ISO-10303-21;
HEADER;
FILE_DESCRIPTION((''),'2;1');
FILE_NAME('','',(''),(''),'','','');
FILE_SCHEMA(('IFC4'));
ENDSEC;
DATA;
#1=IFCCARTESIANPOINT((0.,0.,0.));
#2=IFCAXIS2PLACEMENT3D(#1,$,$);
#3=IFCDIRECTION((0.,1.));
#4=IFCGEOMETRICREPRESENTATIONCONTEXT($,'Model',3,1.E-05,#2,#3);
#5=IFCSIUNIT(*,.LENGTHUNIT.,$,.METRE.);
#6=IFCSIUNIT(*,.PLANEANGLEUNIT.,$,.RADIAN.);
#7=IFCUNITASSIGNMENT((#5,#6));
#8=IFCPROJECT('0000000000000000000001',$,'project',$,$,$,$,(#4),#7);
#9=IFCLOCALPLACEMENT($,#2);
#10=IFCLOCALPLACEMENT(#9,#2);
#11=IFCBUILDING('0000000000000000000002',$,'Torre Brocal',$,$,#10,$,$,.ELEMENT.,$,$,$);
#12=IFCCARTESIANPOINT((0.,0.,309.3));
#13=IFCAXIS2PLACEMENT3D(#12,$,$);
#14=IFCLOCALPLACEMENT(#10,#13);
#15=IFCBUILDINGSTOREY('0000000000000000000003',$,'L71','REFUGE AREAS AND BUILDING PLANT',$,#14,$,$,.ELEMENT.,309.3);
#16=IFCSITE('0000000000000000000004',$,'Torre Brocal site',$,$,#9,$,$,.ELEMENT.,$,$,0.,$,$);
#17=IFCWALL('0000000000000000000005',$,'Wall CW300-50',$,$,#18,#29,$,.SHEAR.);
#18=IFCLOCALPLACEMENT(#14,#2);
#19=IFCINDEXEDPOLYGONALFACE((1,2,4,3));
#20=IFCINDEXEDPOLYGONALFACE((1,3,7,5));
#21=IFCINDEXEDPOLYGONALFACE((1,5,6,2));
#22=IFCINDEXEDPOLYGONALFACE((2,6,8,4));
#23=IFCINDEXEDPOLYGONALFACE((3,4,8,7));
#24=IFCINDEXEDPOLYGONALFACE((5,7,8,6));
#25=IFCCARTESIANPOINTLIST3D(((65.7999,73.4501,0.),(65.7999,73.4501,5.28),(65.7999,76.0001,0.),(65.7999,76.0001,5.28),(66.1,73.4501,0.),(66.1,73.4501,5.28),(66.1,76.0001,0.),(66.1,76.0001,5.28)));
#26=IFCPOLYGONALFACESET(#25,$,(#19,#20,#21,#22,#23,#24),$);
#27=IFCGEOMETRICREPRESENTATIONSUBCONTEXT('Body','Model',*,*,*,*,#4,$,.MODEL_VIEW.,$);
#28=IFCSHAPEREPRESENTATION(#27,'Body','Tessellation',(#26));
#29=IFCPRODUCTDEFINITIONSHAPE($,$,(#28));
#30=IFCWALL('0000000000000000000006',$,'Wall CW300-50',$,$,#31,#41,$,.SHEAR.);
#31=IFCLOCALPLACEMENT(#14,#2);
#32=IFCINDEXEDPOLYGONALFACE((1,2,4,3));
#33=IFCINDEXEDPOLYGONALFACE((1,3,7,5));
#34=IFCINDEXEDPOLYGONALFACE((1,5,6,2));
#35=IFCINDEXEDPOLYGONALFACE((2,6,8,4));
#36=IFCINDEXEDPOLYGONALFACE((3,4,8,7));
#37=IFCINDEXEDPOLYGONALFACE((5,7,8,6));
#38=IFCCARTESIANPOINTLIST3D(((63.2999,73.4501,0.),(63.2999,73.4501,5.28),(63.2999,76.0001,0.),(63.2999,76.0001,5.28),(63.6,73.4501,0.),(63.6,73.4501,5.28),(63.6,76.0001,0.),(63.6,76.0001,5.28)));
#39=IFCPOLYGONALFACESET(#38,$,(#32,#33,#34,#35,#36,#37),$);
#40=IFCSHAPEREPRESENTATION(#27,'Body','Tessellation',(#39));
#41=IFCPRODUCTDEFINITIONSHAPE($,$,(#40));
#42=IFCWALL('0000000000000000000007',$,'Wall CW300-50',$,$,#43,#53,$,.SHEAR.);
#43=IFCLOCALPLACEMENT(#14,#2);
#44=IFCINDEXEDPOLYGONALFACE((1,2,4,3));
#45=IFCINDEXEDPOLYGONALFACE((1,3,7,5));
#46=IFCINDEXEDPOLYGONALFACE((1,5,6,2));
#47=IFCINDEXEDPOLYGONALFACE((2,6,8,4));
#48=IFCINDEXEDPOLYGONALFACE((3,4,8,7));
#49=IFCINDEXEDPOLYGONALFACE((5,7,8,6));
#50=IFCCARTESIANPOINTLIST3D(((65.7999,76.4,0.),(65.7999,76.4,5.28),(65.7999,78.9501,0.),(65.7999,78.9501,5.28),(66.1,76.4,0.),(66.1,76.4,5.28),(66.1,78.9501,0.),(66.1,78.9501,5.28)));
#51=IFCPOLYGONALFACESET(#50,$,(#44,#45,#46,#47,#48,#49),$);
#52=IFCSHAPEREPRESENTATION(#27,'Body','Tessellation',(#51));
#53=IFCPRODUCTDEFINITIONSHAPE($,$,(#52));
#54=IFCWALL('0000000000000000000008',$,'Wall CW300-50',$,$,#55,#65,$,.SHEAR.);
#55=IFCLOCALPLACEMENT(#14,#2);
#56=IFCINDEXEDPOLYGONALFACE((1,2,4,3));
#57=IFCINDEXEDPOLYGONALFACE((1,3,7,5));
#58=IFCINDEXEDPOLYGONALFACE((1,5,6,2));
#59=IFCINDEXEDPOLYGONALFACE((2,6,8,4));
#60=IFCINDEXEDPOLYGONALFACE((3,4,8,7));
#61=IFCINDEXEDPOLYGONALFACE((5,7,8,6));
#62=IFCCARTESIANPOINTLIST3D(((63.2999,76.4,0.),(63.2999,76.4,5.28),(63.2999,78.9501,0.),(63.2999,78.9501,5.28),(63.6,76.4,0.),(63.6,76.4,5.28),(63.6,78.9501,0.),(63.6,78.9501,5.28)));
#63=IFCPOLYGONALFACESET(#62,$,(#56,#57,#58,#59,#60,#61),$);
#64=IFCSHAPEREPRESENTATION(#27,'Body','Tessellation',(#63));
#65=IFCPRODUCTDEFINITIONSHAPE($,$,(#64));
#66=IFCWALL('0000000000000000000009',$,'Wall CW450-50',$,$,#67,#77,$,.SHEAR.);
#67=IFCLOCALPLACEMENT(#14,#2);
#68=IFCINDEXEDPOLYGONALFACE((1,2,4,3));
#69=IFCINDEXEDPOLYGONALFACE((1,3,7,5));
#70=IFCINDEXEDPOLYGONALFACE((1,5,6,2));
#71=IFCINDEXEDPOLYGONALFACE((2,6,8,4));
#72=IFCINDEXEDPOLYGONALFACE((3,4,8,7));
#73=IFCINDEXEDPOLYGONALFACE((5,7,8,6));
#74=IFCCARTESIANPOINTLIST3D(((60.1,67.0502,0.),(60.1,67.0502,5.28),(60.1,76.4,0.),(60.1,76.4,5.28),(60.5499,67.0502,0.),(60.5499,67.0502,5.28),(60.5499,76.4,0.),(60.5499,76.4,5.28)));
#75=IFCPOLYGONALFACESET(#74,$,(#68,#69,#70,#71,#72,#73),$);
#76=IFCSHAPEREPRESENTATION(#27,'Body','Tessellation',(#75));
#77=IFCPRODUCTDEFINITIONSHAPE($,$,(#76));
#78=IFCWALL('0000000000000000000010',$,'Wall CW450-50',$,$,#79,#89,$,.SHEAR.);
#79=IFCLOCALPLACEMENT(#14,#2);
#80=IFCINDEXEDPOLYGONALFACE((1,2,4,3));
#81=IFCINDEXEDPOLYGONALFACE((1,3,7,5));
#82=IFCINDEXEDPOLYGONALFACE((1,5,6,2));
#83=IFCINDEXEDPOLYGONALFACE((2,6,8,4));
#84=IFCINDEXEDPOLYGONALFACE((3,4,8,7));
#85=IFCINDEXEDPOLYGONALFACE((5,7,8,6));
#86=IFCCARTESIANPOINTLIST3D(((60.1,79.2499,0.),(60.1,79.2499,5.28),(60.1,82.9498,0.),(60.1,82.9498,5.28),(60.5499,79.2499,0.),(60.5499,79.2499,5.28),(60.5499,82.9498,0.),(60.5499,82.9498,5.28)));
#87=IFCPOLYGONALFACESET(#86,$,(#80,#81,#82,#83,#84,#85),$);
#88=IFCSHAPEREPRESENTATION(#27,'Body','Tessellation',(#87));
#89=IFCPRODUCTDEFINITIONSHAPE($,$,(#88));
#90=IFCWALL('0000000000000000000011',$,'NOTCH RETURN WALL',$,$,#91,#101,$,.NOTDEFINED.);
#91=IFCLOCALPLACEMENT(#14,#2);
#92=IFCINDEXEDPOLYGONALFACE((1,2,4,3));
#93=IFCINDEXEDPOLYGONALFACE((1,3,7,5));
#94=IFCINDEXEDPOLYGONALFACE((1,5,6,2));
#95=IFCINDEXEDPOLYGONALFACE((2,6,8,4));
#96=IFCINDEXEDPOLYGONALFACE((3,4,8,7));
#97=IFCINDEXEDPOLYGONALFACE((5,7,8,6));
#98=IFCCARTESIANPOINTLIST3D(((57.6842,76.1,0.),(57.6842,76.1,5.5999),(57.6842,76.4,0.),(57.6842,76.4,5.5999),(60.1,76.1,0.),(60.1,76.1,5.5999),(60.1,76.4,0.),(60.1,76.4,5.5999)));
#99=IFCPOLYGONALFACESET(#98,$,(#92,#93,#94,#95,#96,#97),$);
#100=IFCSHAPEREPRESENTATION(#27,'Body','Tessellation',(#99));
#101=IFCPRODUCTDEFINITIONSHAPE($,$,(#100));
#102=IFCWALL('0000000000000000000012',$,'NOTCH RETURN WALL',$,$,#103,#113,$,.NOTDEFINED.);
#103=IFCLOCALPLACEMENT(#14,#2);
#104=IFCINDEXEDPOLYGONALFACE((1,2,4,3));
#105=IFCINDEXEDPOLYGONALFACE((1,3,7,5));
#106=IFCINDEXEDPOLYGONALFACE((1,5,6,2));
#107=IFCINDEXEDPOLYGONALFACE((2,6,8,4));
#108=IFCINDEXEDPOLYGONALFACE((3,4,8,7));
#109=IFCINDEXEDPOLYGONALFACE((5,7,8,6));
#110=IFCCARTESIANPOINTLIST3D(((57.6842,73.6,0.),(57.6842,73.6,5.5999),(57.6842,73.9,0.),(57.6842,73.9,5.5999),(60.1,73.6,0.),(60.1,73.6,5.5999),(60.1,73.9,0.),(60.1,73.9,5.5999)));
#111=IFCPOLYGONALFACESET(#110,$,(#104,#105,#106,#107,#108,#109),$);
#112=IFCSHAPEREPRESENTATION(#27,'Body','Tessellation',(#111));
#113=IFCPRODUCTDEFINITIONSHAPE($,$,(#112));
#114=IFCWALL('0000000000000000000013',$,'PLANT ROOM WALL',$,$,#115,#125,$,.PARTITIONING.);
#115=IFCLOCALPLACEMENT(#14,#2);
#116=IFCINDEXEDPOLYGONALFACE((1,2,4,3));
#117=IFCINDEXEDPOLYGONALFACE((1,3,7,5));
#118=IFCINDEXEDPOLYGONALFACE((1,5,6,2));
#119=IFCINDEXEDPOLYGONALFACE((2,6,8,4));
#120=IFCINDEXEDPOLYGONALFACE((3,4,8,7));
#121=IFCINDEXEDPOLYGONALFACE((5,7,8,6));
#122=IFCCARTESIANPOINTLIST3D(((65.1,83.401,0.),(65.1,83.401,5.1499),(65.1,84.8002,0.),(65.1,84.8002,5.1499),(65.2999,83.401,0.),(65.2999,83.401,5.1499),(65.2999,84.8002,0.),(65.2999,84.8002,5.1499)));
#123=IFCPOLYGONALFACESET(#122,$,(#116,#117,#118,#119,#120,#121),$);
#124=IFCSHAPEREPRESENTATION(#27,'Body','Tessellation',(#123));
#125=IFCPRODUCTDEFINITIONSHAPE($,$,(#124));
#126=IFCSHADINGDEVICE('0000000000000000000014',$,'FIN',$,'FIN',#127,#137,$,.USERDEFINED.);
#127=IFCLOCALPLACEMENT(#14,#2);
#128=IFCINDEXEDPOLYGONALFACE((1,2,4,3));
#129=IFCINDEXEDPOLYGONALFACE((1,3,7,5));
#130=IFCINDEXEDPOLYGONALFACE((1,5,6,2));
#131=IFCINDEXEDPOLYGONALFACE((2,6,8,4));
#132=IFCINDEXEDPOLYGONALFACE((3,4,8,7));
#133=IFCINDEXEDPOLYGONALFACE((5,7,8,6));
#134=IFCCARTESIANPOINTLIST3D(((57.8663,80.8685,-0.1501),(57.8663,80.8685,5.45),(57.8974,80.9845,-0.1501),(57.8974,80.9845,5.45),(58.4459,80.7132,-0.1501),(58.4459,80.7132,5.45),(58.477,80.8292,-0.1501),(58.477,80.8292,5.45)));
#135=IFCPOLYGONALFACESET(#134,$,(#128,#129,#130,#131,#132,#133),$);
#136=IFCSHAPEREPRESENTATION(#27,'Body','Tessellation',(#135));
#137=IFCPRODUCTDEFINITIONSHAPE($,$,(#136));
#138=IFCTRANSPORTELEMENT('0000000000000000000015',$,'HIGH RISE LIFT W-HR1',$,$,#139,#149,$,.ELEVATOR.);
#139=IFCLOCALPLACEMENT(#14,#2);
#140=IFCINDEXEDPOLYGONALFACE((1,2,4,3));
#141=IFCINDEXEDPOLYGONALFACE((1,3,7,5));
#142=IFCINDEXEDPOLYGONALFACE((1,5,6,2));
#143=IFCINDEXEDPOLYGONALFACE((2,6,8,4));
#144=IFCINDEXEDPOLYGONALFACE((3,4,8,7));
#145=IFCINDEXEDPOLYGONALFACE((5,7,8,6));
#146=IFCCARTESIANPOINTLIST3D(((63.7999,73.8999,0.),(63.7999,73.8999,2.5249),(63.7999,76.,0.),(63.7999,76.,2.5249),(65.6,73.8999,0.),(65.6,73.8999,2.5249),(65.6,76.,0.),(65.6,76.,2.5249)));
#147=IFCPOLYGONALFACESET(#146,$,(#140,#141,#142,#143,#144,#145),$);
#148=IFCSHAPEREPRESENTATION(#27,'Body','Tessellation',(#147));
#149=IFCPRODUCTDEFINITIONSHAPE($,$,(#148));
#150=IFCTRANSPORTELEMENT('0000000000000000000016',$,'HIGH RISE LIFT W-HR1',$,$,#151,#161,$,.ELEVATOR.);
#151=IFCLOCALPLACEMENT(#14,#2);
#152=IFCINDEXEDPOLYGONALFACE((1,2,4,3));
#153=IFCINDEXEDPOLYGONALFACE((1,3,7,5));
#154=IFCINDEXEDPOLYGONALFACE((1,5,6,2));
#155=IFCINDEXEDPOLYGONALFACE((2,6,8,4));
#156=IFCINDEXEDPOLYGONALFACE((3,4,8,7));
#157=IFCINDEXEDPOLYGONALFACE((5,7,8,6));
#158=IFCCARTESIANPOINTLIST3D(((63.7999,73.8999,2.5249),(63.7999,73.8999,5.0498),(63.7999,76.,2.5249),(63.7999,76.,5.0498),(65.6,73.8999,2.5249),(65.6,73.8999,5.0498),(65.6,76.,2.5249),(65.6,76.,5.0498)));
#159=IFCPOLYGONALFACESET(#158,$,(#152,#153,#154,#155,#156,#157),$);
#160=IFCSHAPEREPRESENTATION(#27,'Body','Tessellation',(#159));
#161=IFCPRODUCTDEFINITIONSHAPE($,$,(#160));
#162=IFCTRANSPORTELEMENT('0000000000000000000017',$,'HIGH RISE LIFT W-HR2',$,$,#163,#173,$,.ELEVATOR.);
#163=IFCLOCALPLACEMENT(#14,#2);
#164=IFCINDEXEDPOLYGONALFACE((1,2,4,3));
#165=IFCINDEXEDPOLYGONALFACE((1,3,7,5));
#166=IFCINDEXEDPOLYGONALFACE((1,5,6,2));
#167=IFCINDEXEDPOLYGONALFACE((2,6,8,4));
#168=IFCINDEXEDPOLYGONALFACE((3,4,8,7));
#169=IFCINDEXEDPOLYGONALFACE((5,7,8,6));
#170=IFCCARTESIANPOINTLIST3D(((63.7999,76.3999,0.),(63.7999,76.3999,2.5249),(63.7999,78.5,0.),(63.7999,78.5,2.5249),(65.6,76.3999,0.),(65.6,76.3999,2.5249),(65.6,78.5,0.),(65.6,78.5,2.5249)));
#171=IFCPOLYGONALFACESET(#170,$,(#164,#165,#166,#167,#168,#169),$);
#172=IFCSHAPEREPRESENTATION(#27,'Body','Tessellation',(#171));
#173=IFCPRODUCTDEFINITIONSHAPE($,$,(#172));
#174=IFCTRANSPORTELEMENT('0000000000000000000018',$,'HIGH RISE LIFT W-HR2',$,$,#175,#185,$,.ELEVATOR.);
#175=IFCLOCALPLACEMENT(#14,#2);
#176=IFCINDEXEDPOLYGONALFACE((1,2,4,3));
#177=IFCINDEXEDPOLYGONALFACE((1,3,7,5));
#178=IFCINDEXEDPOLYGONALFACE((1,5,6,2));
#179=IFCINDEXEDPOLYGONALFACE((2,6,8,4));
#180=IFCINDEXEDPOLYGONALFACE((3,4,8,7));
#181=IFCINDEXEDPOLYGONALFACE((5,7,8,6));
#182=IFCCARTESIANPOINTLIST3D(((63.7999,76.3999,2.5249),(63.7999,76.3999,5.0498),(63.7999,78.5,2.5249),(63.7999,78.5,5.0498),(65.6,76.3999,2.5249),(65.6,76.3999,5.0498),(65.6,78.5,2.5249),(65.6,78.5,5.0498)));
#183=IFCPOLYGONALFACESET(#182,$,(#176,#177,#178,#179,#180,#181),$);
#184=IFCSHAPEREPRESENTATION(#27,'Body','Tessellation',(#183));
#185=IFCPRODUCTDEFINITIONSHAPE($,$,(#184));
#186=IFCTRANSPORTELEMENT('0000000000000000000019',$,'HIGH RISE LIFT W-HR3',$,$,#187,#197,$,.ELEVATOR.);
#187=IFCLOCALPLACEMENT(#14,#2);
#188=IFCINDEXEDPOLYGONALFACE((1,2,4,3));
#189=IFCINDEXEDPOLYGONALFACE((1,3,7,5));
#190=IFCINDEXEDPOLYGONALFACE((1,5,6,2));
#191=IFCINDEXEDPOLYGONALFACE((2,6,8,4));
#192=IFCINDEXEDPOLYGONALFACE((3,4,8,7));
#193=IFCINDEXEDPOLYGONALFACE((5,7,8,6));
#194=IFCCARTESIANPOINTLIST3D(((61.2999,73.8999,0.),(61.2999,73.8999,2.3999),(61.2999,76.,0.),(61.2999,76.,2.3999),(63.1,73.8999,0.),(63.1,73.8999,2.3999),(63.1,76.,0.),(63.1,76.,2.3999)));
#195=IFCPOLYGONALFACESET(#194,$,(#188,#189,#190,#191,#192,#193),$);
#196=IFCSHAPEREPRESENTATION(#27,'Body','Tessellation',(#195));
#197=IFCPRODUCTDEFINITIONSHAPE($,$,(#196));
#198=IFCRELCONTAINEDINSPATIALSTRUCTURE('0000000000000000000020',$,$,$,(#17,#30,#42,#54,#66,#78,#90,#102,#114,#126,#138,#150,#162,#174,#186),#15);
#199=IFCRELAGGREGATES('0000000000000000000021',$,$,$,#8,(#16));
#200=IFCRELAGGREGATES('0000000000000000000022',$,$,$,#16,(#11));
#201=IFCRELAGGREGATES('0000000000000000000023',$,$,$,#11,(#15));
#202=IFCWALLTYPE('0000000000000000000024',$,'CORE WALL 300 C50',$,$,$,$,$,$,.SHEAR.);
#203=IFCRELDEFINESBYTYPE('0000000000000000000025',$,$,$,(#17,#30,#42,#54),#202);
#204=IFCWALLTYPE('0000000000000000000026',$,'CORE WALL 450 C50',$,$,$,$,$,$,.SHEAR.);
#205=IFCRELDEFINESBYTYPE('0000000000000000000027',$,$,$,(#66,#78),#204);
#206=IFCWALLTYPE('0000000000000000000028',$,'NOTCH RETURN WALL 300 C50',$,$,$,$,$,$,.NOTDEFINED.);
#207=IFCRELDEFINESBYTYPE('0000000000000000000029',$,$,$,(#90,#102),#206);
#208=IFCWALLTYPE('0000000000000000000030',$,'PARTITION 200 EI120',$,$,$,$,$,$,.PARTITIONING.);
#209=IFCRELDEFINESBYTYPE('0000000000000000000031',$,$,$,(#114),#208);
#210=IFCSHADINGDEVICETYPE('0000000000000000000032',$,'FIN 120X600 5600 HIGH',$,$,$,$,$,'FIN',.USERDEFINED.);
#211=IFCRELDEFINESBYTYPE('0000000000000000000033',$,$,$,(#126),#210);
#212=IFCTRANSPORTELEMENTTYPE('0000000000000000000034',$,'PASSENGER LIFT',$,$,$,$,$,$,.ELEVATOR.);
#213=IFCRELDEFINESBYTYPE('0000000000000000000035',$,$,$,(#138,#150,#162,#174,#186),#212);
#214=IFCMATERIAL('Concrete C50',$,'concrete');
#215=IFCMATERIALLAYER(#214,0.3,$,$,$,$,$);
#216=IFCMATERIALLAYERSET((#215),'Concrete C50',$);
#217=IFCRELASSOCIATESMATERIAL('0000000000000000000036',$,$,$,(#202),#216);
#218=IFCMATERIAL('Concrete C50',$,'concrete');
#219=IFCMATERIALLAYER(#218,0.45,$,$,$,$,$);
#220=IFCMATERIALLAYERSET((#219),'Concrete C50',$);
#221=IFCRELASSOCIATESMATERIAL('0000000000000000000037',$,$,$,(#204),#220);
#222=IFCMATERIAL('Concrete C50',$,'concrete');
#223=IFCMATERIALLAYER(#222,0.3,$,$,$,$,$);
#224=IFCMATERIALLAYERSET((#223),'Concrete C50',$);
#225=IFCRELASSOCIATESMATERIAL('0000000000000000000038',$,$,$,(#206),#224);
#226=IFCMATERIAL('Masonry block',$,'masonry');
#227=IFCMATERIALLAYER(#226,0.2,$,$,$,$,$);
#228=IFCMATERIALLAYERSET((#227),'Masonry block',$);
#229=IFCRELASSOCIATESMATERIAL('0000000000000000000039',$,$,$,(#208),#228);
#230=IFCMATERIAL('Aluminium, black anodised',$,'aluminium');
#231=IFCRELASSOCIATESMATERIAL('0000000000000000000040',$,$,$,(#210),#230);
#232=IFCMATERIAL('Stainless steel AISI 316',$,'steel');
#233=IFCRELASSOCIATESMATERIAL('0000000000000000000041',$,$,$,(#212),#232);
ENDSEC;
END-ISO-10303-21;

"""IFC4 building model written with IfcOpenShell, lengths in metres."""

from ifc_helpers import new_model, si_unit, direction, frame, frame_2d, origin, origin_2d, place, context, subcontext, project, spatial, rectangle, extrude, material, layer, layer_set, material_profile, profile_set, type_object, element, save


model = new_model("IFC4")

# Units and contexts
model_context = context("Model", 3, precision=1e-05, world=origin(), true_north=direction((0.0, 1.0)))
body_context = subcontext(model_context, "Body", "Model", "MODEL_VIEW")
ifc_project = project(units=[si_unit("LENGTHUNIT", "METRE"), si_unit("PLANEANGLEUNIT", "RADIAN")], contexts=[model_context])

# Site, building, storey
site_placement = place(None, origin())
site = spatial("IfcSite", under=ifc_project, at=site_placement, Name="Torre Brocal site", CompositionType="ELEMENT", RefElevation=0.0)
building_placement = place(site_placement, origin())
building = spatial("IfcBuilding", under=site, at=building_placement, Name="Torre Brocal", CompositionType="ELEMENT")
storey_placement = place(building_placement, frame((0.0, 0.0, 309.3)))
storey = spatial("IfcBuildingStorey", under=building, at=storey_placement, Name="L71", Description="REFUGE AREAS AND BUILDING PLANT", CompositionType="ELEMENT", Elevation=309.3)

# Walls
ifc_material_1 = material(Name="Concrete C50", Category="concrete")
ifc_layer_1 = layer(ifc_material_1, 0.3)
ifc_layer_set_1 = layer_set([ifc_layer_1], Name="Concrete C50")
wall_type_1 = type_object("IfcWallType", Name="CORE WALL 300 C50", PredefinedType="SHEAR", material=ifc_layer_set_1)
for number, where, z_axis, x_axis, name in (
    (1, (65.95, 76.0, 0.0), (0.0, 0.0, 1.0), (0.0, -1.0, 0.0), "Wall CW300-50"),
    (2, (63.45, 76.0, 0.0), (0.0, 0.0, 1.0), (0.0, -1.0, 0.0), "Wall CW300-50"),
    (3, (65.95, 78.95, 0.0), (0.0, 0.0, 1.0), (0.0, -1.0, 0.0), "Wall CW300-50"),
    (4, (63.45, 78.95, 0.0), (0.0, 0.0, 1.0), (0.0, -1.0, 0.0), "Wall CW300-50"),
):
    element("IfcWall", number, at=place(storey_placement, frame(where, z_axis=z_axis, x_axis=x_axis)), inside=storey, type_object=wall_type_1, Name=name, PredefinedType="SHEAR", context=body_context, shape_type="SweptSolid", body=[
        extrude(rectangle(XDim=2.55, YDim=0.3, at=frame_2d((1.2749, 0.0))), origin(), (0.0, 0.0, 1.0), 5.28),
    ])
ifc_material_2 = material(Name="Concrete C50", Category="concrete")
ifc_layer_2 = layer(ifc_material_2, 0.45)
ifc_layer_set_2 = layer_set([ifc_layer_2], Name="Concrete C50")
wall_type_2 = type_object("IfcWallType", Name="CORE WALL 450 C50", PredefinedType="SHEAR", material=ifc_layer_set_2)
wall_1_placement = place(storey_placement, frame((60.325, 76.3999, 0.0), z_axis=(0.0, 0.0, 1.0), x_axis=(0.0, -1.0, 0.0)))
element("IfcWall", 5, at=wall_1_placement, inside=storey, type_object=wall_type_2, Name="Wall CW450-50", PredefinedType="SHEAR", context=body_context, shape_type="SweptSolid", body=[
    extrude(rectangle(XDim=9.3499, YDim=0.45, at=frame_2d((4.6748, 0.0))), origin(), (0.0, 0.0, 1.0), 5.28),
])
wall_2_placement = place(storey_placement, frame((60.325, 82.95, 0.0), z_axis=(0.0, 0.0, 1.0), x_axis=(0.0, -1.0, 0.0)))
element("IfcWall", 6, at=wall_2_placement, inside=storey, type_object=wall_type_2, Name="Wall CW450-50", PredefinedType="SHEAR", context=body_context, shape_type="SweptSolid", body=[
    extrude(rectangle(XDim=3.7, YDim=0.45, at=frame_2d((1.8501, 0.0))), origin(), (0.0, 0.0, 1.0), 5.28),
])
ifc_material_3 = material(Name="Concrete C50", Category="concrete")
ifc_layer_3 = layer(ifc_material_3, 0.3)
ifc_layer_set_3 = layer_set([ifc_layer_3], Name="Concrete C50")
wall_type_3 = type_object("IfcWallType", Name="NOTCH RETURN WALL 300 C50", PredefinedType="NOTDEFINED", material=ifc_layer_set_3)
for number, where, z_axis, x_axis, name in (
    (7, (60.1001, 76.25, 0.0), (0.0, 0.0, 1.0), (-1.0, 0.0, 0.0), "NOTCH RETURN WALL"),
    (8, (60.1001, 73.75, 0.0), (0.0, 0.0, 1.0), (-1.0, 0.0, 0.0), "NOTCH RETURN WALL"),
):
    element("IfcWall", number, at=place(storey_placement, frame(where, z_axis=z_axis, x_axis=x_axis)), inside=storey, type_object=wall_type_3, Name=name, PredefinedType="NOTDEFINED", context=body_context, shape_type="SweptSolid", body=[
        extrude(rectangle(XDim=2.4158, YDim=0.3, at=frame_2d((1.208, 0.0))), origin(), (0.0, 0.0, 1.0), 5.5999),
    ])
ifc_material_4 = material(Name="Masonry block", Category="masonry")
ifc_layer_4 = layer(ifc_material_4, 0.2)
ifc_layer_set_4 = layer_set([ifc_layer_4], Name="Masonry block")
wall_type_4 = type_object("IfcWallType", Name="PARTITION 200 EI120", PredefinedType="PARTITIONING", material=ifc_layer_set_4)
wall_3_placement = place(storey_placement, frame((65.2, 83.4009, 0.0), z_axis=(0.0, 0.0, 1.0), x_axis=(0.0, 1.0, 0.0)))
element("IfcWall", 9, at=wall_3_placement, inside=storey, type_object=wall_type_4, Name="PLANT ROOM WALL", PredefinedType="PARTITIONING", context=body_context, shape_type="SweptSolid", body=[
    extrude(rectangle(XDim=1.3992, YDim=0.2, at=frame_2d((0.6997, 0.0))), origin(), (0.0, 0.0, 1.0), 5.1499),
])

# Shading device
ifc_material_5 = material(Name="Aluminium, black anodised", Category="aluminium")
ifc_material_profile_1 = material_profile(ifc_material_5, rectangle(XDim=0.1201, YDim=0.6001, at=origin_2d()), Name="FIN 120X600 5600 HIGH")
ifc_profile_set_1 = profile_set([ifc_material_profile_1], Name="Aluminium, black anodised")
shading_device_type = type_object("IfcShadingDeviceType", Name="FIN 120X600 5600 HIGH", ElementType="FIN", PredefinedType="USERDEFINED", material=ifc_profile_set_1)
shading_device_placement = place(storey_placement, frame((58.1716, 80.8489, -0.1501), z_axis=(0.0, 0.0, 1.0), x_axis=(-0.258819, -0.965926, 0.0)))
element("IfcShadingDevice", 10, at=shading_device_placement, inside=storey, type_object=shading_device_type, Name="FIN", ObjectType="FIN", PredefinedType="USERDEFINED", context=body_context, shape_type="SweptSolid", body=[
    extrude(rectangle(XDim=0.1201, YDim=0.6001, at=origin_2d()), origin(), (0.0, 0.0, 1.0), 5.6001),
])

# Transport elements
ifc_material_6 = material(Name="Stainless steel AISI 316", Category="steel")
transport_element_type = type_object("IfcTransportElementType", Name="PASSENGER LIFT", PredefinedType="ELEVATOR", material=ifc_material_6)
for number, where, z_axis, x_axis, name in (
    (11, (64.7, 74.95, 0.0), (0.0, 0.0, 1.0), (1.0, 0.0, 0.0), "HIGH RISE LIFT W-HR1"),
    (12, (64.7, 74.95, 2.5249), (0.0, 0.0, 1.0), (1.0, 0.0, 0.0), "HIGH RISE LIFT W-HR1"),
    (13, (64.7, 77.45, 0.0), (0.0, 0.0, 1.0), (1.0, 0.0, 0.0), "HIGH RISE LIFT W-HR2"),
    (14, (64.7, 77.45, 2.5249), (0.0, 0.0, 1.0), (1.0, 0.0, 0.0), "HIGH RISE LIFT W-HR2"),
):
    element("IfcTransportElement", number, at=place(storey_placement, frame(where, z_axis=z_axis, x_axis=x_axis)), inside=storey, type_object=transport_element_type, Name=name, PredefinedType="ELEVATOR", context=body_context, shape_type="SweptSolid", body=[
        extrude(rectangle(XDim=1.8, YDim=2.1001, at=origin_2d()), origin(), (0.0, 0.0, 1.0), 2.5249),
    ])
transport_element_placement = place(storey_placement, frame((62.2, 74.95, 0.0), z_axis=(0.0, 0.0, 1.0), x_axis=(1.0, 0.0, 0.0)))
element("IfcTransportElement", 15, at=transport_element_placement, inside=storey, type_object=transport_element_type, Name="HIGH RISE LIFT W-HR3", PredefinedType="ELEVATOR", context=body_context, shape_type="SweptSolid", body=[
    extrude(rectangle(XDim=1.8, YDim=2.1001, at=origin_2d()), origin(), (0.0, 0.0, 1.0), 2.3999),
])

save(model, "model.ifc")
